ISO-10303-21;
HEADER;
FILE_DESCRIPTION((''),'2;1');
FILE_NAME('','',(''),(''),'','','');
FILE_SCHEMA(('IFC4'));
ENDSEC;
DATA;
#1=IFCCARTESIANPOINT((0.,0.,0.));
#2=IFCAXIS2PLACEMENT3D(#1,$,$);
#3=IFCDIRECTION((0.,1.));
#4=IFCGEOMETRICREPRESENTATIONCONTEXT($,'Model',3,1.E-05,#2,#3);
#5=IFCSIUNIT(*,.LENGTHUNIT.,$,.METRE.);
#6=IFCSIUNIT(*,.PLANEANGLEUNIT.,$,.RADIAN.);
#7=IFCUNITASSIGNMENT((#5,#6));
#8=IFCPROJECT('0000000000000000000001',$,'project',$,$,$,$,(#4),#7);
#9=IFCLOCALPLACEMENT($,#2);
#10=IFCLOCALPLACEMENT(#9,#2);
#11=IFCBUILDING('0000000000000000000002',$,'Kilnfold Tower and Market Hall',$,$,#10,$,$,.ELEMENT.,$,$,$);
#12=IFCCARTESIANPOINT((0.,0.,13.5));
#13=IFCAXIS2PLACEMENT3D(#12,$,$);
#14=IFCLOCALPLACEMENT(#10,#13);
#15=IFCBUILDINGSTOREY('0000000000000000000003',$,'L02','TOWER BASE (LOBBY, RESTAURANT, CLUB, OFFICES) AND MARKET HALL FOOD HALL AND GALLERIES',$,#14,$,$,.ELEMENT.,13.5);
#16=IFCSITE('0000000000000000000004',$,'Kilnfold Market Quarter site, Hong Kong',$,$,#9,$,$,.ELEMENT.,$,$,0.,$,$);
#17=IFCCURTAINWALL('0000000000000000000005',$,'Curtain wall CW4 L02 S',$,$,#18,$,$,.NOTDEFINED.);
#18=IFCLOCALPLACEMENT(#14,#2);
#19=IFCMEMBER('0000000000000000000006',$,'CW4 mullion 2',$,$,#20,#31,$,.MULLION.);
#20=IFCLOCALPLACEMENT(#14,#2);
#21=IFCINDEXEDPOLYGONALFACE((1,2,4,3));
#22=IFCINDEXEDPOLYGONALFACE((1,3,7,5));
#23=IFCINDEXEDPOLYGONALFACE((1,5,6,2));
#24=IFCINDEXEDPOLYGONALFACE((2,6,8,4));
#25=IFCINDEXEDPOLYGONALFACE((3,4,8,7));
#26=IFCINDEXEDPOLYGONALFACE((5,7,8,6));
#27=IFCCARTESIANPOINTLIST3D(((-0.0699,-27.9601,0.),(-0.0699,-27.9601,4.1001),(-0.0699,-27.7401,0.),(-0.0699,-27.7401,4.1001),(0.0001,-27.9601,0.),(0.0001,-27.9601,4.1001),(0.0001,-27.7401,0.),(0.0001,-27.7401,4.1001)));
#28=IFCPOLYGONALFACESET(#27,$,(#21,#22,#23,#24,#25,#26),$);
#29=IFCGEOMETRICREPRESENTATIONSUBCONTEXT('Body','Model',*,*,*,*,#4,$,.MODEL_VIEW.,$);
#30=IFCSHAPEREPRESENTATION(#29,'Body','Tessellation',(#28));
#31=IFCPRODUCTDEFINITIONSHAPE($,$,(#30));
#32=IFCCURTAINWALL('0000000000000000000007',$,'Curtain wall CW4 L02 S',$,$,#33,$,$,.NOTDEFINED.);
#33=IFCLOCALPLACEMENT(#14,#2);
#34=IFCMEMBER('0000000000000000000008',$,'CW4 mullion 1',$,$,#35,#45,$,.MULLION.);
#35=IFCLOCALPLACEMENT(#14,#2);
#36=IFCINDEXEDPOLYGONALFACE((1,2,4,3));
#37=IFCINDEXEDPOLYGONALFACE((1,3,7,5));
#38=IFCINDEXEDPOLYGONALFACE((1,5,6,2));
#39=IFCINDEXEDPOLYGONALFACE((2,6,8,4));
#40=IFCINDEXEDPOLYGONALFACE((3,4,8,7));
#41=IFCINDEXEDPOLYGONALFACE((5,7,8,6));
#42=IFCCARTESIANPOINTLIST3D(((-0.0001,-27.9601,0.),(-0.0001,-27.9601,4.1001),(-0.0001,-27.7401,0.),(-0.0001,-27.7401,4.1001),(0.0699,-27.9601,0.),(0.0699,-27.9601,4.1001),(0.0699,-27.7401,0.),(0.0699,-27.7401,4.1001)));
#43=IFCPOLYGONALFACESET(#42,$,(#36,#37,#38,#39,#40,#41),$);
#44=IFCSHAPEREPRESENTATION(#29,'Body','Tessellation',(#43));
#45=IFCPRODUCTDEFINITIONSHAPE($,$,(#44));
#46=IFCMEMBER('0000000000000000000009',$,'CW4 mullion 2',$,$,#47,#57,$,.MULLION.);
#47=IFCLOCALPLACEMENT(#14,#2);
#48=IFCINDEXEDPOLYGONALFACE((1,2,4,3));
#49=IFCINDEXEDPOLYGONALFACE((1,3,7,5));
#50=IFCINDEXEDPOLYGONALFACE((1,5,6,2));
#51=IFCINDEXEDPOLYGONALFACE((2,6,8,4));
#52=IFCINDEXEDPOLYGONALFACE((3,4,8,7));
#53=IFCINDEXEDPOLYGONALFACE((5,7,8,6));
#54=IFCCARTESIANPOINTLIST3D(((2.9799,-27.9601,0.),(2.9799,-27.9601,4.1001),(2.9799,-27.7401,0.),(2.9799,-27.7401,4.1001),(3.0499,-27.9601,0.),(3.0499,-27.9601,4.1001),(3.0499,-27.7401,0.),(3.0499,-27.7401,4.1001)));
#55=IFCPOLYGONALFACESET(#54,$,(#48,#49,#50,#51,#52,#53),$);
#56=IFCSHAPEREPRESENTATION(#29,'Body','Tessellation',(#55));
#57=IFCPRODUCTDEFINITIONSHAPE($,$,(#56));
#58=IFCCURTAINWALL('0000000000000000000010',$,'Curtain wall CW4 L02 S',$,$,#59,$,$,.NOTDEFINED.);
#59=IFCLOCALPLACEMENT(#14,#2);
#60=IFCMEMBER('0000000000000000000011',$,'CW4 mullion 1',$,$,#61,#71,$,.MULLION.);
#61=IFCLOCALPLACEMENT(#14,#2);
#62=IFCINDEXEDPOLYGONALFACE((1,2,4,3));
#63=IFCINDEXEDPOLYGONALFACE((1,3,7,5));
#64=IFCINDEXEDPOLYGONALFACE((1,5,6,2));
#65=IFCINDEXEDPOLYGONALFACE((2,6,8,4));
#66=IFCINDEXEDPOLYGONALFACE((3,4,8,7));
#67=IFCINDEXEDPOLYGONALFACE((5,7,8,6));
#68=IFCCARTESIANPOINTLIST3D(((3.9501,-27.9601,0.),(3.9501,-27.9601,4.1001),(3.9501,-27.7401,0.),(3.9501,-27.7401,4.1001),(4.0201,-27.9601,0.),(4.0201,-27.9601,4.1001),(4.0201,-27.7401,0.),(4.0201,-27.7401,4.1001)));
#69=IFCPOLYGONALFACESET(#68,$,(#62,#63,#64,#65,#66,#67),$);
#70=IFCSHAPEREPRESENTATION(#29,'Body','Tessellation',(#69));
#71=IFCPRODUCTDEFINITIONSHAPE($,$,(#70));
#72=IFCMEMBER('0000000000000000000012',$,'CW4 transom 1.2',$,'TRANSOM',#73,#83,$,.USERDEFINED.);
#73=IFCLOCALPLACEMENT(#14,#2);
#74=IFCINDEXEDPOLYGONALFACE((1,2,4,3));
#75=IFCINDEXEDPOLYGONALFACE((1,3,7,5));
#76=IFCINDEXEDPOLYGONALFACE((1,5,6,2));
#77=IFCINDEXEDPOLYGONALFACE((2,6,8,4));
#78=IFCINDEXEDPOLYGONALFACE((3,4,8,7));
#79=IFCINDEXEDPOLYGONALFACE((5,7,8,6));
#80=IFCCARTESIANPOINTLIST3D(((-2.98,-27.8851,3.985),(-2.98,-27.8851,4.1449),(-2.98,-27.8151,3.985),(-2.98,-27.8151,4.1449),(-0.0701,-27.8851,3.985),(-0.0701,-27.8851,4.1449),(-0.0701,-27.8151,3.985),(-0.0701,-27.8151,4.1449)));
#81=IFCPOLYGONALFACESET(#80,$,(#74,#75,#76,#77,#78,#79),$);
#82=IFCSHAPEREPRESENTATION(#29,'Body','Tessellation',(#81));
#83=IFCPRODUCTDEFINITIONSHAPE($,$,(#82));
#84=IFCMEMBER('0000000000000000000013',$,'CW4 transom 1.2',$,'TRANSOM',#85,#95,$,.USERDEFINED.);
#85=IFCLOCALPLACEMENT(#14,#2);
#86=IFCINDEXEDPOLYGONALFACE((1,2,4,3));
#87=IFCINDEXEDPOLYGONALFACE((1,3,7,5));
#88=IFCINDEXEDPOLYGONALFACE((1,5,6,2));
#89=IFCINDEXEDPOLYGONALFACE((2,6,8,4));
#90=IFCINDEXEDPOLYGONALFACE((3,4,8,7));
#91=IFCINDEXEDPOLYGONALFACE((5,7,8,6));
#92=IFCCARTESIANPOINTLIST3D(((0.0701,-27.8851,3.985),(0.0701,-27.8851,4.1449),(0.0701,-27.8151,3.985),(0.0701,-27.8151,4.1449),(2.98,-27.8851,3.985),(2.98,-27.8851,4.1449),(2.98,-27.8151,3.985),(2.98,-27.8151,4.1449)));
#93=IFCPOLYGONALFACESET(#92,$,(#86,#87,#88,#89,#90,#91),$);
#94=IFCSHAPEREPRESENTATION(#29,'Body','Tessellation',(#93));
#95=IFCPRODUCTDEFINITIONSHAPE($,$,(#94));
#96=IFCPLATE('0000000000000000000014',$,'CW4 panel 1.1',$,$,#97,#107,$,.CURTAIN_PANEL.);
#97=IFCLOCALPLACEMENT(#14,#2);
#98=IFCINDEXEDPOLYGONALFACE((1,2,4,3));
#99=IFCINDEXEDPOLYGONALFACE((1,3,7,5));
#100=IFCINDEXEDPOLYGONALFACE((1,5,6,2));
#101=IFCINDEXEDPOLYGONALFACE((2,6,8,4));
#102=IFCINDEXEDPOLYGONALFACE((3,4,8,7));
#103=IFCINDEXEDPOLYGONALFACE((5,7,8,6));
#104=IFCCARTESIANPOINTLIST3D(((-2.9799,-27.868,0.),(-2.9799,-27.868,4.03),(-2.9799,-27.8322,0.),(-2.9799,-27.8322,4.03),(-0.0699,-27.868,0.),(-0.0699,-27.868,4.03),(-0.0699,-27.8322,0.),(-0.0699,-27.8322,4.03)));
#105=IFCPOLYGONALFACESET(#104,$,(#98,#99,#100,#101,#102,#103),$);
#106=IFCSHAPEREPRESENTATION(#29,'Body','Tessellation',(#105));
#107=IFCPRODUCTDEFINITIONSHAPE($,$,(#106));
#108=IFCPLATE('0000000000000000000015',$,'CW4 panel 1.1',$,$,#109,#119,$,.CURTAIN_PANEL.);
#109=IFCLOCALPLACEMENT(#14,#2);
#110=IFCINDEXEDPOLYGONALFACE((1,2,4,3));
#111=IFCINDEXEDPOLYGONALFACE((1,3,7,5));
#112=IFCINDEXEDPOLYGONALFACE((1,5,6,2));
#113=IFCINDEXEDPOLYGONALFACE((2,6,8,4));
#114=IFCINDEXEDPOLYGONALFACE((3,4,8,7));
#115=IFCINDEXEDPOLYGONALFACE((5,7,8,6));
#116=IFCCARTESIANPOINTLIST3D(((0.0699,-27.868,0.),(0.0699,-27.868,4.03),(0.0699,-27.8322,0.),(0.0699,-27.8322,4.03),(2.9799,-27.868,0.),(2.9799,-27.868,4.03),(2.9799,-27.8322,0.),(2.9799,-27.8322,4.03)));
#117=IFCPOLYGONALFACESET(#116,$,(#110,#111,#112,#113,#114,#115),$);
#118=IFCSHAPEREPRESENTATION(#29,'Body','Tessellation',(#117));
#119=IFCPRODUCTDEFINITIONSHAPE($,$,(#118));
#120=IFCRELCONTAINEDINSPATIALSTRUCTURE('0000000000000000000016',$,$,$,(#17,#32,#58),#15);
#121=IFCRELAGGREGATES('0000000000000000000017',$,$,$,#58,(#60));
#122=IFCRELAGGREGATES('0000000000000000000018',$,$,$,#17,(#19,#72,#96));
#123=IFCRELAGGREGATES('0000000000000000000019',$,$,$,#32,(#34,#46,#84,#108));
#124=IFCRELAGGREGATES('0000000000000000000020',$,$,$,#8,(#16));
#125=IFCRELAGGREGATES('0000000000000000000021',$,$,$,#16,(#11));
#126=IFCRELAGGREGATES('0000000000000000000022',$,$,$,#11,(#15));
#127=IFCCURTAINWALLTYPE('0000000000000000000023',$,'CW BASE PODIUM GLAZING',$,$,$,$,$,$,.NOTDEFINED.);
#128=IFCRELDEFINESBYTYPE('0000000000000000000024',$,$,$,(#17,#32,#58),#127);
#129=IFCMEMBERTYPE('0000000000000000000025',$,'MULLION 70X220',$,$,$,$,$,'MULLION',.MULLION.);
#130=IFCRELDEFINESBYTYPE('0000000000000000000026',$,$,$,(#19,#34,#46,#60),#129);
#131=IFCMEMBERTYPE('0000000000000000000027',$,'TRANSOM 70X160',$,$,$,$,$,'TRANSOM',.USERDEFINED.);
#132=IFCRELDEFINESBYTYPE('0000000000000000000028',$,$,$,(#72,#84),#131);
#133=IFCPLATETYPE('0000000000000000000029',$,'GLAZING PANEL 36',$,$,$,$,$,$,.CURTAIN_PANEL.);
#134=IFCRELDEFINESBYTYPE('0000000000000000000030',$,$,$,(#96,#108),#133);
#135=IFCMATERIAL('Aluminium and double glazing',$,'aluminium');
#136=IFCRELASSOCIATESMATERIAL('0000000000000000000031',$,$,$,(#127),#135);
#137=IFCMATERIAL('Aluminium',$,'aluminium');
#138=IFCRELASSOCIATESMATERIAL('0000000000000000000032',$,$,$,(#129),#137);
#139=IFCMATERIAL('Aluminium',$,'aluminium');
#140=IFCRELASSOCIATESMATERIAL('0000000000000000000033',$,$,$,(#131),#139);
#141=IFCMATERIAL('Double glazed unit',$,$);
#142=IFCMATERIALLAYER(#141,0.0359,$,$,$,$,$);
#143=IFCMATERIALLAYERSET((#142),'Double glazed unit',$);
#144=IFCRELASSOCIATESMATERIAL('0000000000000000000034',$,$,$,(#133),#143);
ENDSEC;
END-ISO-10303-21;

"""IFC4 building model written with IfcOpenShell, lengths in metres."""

from ifc_helpers import new_model, si_unit, direction, frame, origin, origin_2d, place, context, subcontext, project, spatial, rectangle, extrude, source, transform, mapped, material, layer, layer_set, material_profile, profile_set, type_object, element, aggregate, save


model = new_model("IFC4")

# Units and contexts
model_context = context("Model", 3, precision=1e-05, world=origin(), true_north=direction((0.0, 1.0)))
body_context = subcontext(model_context, "Body", "Model", "MODEL_VIEW")
ifc_project = project(units=[si_unit("LENGTHUNIT", "METRE"), si_unit("PLANEANGLEUNIT", "RADIAN")], contexts=[model_context])

# Site, building, storey
site_placement = place(None, origin())
site = spatial("IfcSite", under=ifc_project, at=site_placement, Name="Kilnfold Market Quarter site, Hong Kong", CompositionType="ELEMENT", RefElevation=0.0)
building_placement = place(site_placement, origin())
building = spatial("IfcBuilding", under=site, at=building_placement, Name="Kilnfold Tower and Market Hall", CompositionType="ELEMENT")
storey_placement = place(building_placement, frame((0.0, 0.0, 13.5)))
storey = spatial("IfcBuildingStorey", under=building, at=storey_placement, Name="L02", Description="TOWER BASE (LOBBY, RESTAURANT, CLUB, OFFICES) AND MARKET HALL FOOD HALL AND GALLERIES", CompositionType="ELEMENT", Elevation=13.5)

# Shared definitions
ifc_material_1 = material(Name="Aluminium and double glazing", Category="aluminium")
curtain_wall_type = type_object("IfcCurtainWallType", Name="CW BASE PODIUM GLAZING", PredefinedType="NOTDEFINED", material=ifc_material_1)
ifc_material_2 = material(Name="Aluminium", Category="aluminium")
ifc_material_profile_1 = material_profile(ifc_material_2, rectangle(XDim=0.0701, YDim=0.22, at=origin_2d()), Name="MULLION 70x220")
ifc_profile_set_1 = profile_set([ifc_material_profile_1], Name="Aluminium")
member_type_1 = type_object("IfcMemberType", Name="MULLION 70X220", ElementType="MULLION", PredefinedType="MULLION", material=ifc_profile_set_1)
shared_shape_1 = source(origin(), body_context, "Body", "SweptSolid", [
    extrude(rectangle(XDim=0.0701, YDim=0.22, at=origin_2d()), origin(), (0.0, 0.0, 1.0), 4.1001),
])

# Curtain walls, members
curtain_wall_1_placement = place(storey_placement, origin())
curtain_wall_1 = element("IfcCurtainWall", 1, at=curtain_wall_1_placement, inside=storey, type_object=curtain_wall_type, Name="Curtain wall CW4 L02 S", PredefinedType="NOTDEFINED")
member_1_placement = place(storey_placement, frame((-0.0349, -27.8501, 0.0), z_axis=(0.0, 0.0, 1.0), x_axis=(1.0, 0.0, 0.0)))
member_1 = element("IfcMember", 2, at=member_1_placement, type_object=member_type_1, Name="CW4 mullion 2", PredefinedType="MULLION", context=body_context, shape_type="MappedRepresentation", body=[
    mapped(shared_shape_1, transform((0.0, 0.0, 0.0))),
])
curtain_wall_2_placement = place(storey_placement, origin())
curtain_wall_2 = element("IfcCurtainWall", 3, at=curtain_wall_2_placement, inside=storey, type_object=curtain_wall_type, Name="Curtain wall CW4 L02 S", PredefinedType="NOTDEFINED")
member_2_placement = place(storey_placement, frame((0.0349, -27.8501, 0.0), z_axis=(0.0, 0.0, 1.0), x_axis=(1.0, 0.0, 0.0)))
member_2 = element("IfcMember", 4, at=member_2_placement, type_object=member_type_1, Name="CW4 mullion 1", PredefinedType="MULLION", context=body_context, shape_type="MappedRepresentation", body=[
    mapped(shared_shape_1, transform((0.0, 0.0, 0.0))),
])
member_3_placement = place(storey_placement, frame((3.0149, -27.8501, 0.0), z_axis=(0.0, 0.0, 1.0), x_axis=(1.0, 0.0, 0.0)))
member_3 = element("IfcMember", 5, at=member_3_placement, type_object=member_type_1, Name="CW4 mullion 2", PredefinedType="MULLION", context=body_context, shape_type="MappedRepresentation", body=[
    mapped(shared_shape_1, transform((0.0, 0.0, 0.0))),
])

# Curtain wall, member
curtain_wall_3_placement = place(storey_placement, origin())
curtain_wall_3 = element("IfcCurtainWall", 6, at=curtain_wall_3_placement, inside=storey, type_object=curtain_wall_type, Name="Curtain wall CW4 L02 S", PredefinedType="NOTDEFINED")
member_4_placement = place(storey_placement, frame((3.9851, -27.8501, 0.0), z_axis=(0.0, 0.0, 1.0), x_axis=(1.0, 0.0, 0.0)))
member_4 = element("IfcMember", 7, at=member_4_placement, type_object=member_type_1, Name="CW4 mullion 1", PredefinedType="MULLION", context=body_context, shape_type="MappedRepresentation", body=[
    mapped(shared_shape_1, transform((0.0, 0.0, 0.0))),
])
aggregate(curtain_wall_3, [member_4])

# Members
ifc_material_3 = material(Name="Aluminium", Category="aluminium")
ifc_material_profile_2 = material_profile(ifc_material_3, rectangle(XDim=0.0701, YDim=0.1599, at=origin_2d()), Name="TRANSOM 70x160")
ifc_profile_set_2 = profile_set([ifc_material_profile_2], Name="Aluminium")
member_type_2 = type_object("IfcMemberType", Name="TRANSOM 70X160", ElementType="TRANSOM", PredefinedType="USERDEFINED", material=ifc_profile_set_2)
shared_shape_2 = source(origin(), body_context, "Body", "SweptSolid", [
    extrude(rectangle(XDim=0.0701, YDim=0.1599, at=origin_2d()), origin(), (0.0, 0.0, 1.0), 2.9099),
])
member_5_placement = place(storey_placement, frame((-2.98, -27.8501, 4.0649), z_axis=(1.0, 0.0, 0.0), x_axis=(0.0, 1.0, 0.0)))
member_5 = element("IfcMember", 8, at=member_5_placement, type_object=member_type_2, Name="CW4 transom 1.2", ObjectType="TRANSOM", PredefinedType="USERDEFINED", context=body_context, shape_type="MappedRepresentation", body=[
    mapped(shared_shape_2, transform((0.0, 0.0, 0.0))),
])
member_6_placement = place(storey_placement, frame((0.0701, -27.8501, 4.0649), z_axis=(1.0, 0.0, 0.0), x_axis=(0.0, 1.0, 0.0)))
member_6 = element("IfcMember", 9, at=member_6_placement, type_object=member_type_2, Name="CW4 transom 1.2", ObjectType="TRANSOM", PredefinedType="USERDEFINED", context=body_context, shape_type="MappedRepresentation", body=[
    mapped(shared_shape_2, transform((0.0, 0.0, 0.0))),
])

# Plates
ifc_material_4 = material(Name="Double glazed unit")
ifc_layer = layer(ifc_material_4, 0.0359)
ifc_layer_set = layer_set([ifc_layer], Name="Double glazed unit")
plate_type = type_object("IfcPlateType", Name="GLAZING PANEL 36", PredefinedType="CURTAIN_PANEL", material=ifc_layer_set)
shared_shape_3 = source(origin(), body_context, "Body", "SweptSolid", [
    extrude(rectangle(XDim=2.9099, YDim=0.0359, at=origin_2d()), origin(), (0.0, 0.0, 1.0), 4.03),
])
plate_1_placement = place(storey_placement, frame((-1.5249, -27.8501, 0.0), z_axis=(0.0, 0.0, 1.0), x_axis=(1.0, 0.0, 0.0)))
plate_1 = element("IfcPlate", 10, at=plate_1_placement, type_object=plate_type, Name="CW4 panel 1.1", PredefinedType="CURTAIN_PANEL", context=body_context, shape_type="MappedRepresentation", body=[
    mapped(shared_shape_3, transform((0.0, 0.0, 0.0))),
])
aggregate(curtain_wall_1, [member_1, member_5, plate_1])
plate_2_placement = place(storey_placement, frame((1.5249, -27.8501, 0.0), z_axis=(0.0, 0.0, 1.0), x_axis=(1.0, 0.0, 0.0)))
plate_2 = element("IfcPlate", 11, at=plate_2_placement, type_object=plate_type, Name="CW4 panel 1.1", PredefinedType="CURTAIN_PANEL", context=body_context, shape_type="MappedRepresentation", body=[
    mapped(shared_shape_3, transform((0.0, 0.0, 0.0))),
])
aggregate(curtain_wall_2, [member_2, member_3, member_6, plate_2])

save(model, "model.ifc")
